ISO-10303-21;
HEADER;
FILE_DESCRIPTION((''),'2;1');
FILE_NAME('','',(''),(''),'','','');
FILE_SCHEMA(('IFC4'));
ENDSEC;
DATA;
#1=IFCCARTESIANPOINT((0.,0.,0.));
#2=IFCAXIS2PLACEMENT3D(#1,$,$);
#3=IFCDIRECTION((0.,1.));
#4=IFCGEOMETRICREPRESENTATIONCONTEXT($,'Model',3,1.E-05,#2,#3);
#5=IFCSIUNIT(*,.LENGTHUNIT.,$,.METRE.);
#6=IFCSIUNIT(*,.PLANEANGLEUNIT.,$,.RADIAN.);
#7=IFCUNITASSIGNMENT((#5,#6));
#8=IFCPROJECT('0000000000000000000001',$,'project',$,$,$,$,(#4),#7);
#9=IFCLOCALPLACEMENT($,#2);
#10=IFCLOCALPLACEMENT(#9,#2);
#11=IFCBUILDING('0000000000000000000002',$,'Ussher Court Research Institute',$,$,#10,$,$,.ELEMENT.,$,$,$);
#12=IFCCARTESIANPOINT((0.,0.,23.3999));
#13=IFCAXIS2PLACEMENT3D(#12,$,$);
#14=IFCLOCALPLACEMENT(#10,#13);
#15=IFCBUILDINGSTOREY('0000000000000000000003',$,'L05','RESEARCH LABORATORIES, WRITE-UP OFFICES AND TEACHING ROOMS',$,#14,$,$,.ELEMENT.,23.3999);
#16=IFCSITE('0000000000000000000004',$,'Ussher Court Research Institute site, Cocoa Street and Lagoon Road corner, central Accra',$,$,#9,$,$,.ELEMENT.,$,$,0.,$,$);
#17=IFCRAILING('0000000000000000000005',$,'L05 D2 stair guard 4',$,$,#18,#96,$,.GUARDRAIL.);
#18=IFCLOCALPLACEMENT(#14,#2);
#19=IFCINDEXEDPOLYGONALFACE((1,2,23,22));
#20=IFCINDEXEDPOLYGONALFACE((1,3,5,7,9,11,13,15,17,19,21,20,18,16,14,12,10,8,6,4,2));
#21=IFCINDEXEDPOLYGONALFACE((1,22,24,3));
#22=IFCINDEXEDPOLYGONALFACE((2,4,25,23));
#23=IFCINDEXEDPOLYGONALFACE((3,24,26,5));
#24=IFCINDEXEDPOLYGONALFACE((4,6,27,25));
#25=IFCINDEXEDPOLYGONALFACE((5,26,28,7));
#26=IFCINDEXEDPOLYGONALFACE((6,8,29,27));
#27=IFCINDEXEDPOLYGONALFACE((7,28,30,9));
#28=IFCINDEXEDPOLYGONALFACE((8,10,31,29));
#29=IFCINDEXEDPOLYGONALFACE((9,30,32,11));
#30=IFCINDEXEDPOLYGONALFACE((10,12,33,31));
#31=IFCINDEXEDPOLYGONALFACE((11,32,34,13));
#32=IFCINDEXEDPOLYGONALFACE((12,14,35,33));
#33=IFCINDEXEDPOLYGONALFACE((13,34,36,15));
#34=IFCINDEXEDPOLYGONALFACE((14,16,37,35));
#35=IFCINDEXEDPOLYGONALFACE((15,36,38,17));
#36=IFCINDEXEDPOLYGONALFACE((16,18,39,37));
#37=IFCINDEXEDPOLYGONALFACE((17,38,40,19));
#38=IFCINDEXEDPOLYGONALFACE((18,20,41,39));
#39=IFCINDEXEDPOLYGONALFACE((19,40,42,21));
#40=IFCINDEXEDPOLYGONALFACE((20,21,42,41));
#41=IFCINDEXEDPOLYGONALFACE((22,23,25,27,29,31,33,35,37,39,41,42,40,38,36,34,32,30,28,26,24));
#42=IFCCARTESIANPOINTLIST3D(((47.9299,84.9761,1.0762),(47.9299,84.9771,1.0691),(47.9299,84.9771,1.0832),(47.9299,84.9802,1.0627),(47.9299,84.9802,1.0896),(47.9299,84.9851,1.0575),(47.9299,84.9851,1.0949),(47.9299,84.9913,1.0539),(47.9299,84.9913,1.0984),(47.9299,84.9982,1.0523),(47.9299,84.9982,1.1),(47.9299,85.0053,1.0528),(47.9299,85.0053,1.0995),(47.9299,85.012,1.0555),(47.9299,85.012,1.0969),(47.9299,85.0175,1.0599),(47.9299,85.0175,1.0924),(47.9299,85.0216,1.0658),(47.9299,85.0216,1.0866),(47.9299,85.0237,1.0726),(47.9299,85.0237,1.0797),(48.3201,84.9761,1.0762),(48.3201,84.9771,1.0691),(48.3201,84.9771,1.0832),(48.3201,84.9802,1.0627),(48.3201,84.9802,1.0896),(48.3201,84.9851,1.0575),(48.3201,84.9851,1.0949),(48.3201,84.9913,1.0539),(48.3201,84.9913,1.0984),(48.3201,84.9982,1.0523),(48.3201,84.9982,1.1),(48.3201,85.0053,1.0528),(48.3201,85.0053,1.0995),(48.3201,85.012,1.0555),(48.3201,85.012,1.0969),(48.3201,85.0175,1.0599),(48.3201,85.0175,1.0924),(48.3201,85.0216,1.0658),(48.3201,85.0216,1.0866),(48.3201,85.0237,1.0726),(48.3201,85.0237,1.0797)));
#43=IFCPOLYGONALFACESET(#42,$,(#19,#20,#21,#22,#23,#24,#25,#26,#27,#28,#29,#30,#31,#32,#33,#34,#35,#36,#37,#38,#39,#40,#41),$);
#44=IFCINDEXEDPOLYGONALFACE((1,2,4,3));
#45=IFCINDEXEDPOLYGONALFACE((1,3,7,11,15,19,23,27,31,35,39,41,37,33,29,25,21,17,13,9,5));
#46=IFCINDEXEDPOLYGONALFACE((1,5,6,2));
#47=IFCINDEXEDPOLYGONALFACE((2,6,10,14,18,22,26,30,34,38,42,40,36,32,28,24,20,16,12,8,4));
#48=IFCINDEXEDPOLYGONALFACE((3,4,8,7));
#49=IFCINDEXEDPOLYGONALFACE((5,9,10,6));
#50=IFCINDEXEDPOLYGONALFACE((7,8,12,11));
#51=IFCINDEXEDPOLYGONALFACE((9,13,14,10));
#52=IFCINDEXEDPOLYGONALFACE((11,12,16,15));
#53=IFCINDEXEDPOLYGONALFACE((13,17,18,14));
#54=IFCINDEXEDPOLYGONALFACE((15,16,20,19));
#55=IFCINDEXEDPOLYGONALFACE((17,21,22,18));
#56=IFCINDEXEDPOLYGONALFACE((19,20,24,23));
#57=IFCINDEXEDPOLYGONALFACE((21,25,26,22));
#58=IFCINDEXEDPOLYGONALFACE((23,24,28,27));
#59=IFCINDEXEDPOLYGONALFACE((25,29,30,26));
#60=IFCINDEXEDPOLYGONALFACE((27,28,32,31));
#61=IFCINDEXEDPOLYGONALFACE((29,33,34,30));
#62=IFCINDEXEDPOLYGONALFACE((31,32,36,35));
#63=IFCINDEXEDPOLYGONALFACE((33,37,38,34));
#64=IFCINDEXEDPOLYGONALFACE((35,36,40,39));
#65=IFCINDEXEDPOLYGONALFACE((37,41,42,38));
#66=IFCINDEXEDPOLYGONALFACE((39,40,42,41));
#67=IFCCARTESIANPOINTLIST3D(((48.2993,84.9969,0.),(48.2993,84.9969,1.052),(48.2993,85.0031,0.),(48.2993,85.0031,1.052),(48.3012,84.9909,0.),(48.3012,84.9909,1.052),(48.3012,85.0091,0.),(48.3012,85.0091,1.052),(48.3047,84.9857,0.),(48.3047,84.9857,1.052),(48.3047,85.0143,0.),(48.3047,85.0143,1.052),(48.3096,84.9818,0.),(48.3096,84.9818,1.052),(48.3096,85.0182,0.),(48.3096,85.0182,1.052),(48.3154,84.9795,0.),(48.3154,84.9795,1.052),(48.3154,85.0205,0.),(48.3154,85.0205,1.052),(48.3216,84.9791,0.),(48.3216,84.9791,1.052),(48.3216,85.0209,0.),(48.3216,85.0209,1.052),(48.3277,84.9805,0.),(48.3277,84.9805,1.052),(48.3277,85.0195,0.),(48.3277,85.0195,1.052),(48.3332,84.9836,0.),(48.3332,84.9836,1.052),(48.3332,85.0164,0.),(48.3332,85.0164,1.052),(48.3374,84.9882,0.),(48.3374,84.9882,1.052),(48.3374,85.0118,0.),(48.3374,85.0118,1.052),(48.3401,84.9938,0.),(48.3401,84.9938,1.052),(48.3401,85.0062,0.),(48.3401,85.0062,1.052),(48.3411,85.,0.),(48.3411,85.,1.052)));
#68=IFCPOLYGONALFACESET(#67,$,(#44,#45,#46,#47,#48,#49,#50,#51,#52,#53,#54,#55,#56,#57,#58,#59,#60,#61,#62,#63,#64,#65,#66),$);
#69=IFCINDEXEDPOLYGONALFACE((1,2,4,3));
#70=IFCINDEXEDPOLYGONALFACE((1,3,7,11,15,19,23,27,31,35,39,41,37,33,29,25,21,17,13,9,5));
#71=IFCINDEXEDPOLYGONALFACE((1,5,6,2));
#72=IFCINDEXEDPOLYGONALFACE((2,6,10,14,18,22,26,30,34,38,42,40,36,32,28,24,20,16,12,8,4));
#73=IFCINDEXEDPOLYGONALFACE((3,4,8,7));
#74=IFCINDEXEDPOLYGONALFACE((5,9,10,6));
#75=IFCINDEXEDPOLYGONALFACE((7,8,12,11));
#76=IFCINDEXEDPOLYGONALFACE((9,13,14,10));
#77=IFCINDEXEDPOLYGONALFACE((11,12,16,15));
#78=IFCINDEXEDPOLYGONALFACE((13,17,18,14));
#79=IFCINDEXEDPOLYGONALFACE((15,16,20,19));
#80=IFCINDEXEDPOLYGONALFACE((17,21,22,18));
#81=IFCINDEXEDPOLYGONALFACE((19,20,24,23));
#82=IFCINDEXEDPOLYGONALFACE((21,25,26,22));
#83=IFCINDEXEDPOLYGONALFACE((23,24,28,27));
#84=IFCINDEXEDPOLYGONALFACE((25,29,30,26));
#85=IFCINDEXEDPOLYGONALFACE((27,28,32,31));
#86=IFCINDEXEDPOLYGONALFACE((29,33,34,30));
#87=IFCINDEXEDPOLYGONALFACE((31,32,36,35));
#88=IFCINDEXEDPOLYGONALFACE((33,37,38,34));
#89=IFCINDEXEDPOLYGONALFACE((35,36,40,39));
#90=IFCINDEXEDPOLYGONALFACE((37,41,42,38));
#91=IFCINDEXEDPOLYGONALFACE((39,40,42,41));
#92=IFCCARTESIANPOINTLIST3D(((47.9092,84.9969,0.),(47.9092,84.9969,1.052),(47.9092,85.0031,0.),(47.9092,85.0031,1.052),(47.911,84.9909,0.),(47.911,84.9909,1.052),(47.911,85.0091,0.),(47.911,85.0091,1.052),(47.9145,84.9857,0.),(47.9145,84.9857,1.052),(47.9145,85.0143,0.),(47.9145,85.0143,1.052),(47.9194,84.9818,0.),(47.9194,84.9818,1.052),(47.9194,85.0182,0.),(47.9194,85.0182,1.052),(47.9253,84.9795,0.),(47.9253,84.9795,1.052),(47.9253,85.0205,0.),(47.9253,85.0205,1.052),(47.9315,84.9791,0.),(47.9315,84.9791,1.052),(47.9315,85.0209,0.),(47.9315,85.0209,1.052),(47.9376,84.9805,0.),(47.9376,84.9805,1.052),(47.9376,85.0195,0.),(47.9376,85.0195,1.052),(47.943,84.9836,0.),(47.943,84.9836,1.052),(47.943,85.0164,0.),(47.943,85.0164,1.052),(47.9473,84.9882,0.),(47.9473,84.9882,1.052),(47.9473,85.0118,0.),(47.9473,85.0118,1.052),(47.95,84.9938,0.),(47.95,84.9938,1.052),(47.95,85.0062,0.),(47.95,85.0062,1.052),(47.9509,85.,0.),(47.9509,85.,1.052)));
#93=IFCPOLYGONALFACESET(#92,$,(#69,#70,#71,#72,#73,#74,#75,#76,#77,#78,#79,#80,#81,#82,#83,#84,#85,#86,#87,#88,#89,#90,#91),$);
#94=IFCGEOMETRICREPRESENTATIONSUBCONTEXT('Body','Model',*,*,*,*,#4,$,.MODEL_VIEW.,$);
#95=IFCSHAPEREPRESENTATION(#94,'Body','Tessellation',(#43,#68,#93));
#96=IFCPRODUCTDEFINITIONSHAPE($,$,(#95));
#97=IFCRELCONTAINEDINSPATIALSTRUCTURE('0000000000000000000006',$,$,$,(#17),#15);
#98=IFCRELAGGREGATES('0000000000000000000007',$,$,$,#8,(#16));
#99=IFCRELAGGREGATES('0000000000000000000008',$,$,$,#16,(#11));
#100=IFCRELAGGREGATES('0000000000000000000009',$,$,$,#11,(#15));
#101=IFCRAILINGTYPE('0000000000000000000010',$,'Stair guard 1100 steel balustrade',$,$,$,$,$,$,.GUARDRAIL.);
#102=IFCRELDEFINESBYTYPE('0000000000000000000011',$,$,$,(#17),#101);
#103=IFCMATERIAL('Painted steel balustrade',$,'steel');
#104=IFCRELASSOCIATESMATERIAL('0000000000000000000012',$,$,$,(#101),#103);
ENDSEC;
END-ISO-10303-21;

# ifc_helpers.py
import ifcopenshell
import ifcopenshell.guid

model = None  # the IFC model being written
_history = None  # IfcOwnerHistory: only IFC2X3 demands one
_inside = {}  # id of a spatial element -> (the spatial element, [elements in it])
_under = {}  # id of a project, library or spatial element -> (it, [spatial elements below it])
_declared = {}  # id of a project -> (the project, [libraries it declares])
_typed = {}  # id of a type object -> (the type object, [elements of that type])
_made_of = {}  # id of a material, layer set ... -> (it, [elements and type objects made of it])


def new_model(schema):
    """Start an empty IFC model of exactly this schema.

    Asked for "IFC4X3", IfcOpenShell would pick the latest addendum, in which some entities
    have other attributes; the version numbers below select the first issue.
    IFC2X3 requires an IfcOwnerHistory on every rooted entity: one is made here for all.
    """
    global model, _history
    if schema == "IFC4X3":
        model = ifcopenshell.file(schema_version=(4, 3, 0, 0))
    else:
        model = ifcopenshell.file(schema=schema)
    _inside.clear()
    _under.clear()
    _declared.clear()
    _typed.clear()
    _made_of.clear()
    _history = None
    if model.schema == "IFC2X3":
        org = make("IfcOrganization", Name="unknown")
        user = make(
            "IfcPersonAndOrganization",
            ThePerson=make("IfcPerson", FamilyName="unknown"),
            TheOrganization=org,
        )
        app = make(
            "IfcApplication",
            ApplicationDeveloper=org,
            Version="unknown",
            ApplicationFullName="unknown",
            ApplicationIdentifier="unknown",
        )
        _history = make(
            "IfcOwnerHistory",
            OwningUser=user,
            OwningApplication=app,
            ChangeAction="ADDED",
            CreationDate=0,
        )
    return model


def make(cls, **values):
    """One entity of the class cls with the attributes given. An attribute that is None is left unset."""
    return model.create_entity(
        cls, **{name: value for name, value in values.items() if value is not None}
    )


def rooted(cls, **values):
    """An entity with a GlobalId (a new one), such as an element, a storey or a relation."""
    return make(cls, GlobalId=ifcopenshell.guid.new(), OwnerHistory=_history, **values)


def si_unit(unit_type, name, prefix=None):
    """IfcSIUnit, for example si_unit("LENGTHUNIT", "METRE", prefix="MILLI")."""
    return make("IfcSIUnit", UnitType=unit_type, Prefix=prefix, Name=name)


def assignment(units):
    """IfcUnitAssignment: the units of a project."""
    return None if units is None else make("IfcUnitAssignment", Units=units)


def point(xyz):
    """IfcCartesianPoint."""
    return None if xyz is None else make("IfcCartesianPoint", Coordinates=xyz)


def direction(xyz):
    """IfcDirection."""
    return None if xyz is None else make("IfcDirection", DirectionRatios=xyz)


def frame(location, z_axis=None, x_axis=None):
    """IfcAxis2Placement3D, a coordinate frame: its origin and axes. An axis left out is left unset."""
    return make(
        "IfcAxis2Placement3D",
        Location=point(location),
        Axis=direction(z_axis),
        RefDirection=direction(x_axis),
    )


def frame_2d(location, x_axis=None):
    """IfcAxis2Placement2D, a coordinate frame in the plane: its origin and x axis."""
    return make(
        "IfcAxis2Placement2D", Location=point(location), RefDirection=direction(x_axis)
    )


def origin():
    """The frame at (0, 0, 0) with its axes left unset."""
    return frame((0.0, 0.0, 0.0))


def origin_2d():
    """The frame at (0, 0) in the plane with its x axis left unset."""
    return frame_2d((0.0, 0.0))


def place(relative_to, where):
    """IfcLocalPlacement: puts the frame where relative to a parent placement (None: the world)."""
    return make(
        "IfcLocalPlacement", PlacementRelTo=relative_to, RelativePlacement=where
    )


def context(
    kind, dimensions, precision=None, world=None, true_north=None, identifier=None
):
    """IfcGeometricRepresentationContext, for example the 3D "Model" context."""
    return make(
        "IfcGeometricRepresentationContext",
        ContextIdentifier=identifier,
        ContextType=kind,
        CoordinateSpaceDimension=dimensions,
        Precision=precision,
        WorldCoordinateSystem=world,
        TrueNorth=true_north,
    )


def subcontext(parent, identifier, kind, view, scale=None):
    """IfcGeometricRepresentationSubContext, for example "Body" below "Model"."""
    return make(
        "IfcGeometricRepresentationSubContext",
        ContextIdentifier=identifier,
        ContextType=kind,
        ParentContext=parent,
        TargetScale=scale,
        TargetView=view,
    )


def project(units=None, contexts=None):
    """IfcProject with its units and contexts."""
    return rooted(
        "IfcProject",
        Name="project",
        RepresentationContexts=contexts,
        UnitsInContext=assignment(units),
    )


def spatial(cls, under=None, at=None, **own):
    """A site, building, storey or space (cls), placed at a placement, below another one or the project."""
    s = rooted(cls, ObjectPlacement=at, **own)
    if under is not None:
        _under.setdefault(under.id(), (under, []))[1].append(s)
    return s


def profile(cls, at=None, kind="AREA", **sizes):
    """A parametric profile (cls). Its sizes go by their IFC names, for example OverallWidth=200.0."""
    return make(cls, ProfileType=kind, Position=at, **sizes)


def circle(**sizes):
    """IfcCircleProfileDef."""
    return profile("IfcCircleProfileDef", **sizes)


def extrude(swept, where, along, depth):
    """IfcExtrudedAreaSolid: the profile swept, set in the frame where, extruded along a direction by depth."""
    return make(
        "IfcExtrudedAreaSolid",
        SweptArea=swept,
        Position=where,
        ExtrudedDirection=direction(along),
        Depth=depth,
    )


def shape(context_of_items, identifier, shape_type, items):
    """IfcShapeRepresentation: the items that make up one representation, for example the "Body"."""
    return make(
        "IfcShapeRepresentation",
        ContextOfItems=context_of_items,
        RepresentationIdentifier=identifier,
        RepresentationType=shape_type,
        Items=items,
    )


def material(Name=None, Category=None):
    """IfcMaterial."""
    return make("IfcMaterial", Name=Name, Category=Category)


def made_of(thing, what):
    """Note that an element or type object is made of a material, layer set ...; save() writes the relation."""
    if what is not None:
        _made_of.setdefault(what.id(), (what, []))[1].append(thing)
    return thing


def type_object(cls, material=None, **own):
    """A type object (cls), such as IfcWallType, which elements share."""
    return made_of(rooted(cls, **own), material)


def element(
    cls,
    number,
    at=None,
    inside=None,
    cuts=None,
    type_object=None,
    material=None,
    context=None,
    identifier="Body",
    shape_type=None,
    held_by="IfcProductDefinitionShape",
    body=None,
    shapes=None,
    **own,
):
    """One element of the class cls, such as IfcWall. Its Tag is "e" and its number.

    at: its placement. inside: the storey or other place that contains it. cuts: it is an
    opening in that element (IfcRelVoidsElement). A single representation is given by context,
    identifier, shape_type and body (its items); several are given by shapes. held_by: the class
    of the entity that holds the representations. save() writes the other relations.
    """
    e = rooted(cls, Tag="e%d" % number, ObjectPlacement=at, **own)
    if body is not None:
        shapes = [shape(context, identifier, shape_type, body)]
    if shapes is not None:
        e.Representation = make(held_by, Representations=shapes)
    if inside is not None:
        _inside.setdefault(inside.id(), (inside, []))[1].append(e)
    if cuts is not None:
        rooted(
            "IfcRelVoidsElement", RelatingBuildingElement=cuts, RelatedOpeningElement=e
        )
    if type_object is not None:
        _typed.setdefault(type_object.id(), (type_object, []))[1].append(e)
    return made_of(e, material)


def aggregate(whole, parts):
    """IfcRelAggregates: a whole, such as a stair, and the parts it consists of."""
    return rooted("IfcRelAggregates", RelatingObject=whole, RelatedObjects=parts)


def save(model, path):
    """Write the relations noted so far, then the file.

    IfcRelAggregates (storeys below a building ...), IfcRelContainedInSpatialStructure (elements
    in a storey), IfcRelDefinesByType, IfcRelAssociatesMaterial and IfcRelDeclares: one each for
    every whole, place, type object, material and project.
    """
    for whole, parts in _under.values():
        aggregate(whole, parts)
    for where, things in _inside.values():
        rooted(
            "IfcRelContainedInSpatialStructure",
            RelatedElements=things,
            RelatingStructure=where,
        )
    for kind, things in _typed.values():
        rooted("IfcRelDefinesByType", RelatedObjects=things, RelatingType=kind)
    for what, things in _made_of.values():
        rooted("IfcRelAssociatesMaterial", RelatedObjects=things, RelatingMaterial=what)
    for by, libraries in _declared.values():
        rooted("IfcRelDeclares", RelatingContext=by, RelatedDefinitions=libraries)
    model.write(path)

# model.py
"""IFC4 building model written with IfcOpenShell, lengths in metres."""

from ifc_helpers import new_model, si_unit, direction, frame, origin, origin_2d, place, context, subcontext, project, spatial, circle, extrude, material, type_object, element, save


model = new_model("IFC4")

# Units and contexts
model_context = context("Model", 3, precision=1e-05, world=origin(), true_north=direction((0.0, 1.0)))
body_context = subcontext(model_context, "Body", "Model", "MODEL_VIEW")
ifc_project = project(units=[si_unit("LENGTHUNIT", "METRE"), si_unit("PLANEANGLEUNIT", "RADIAN")], contexts=[model_context])

# Site, building, storey
site_placement = place(None, origin())
site = spatial("IfcSite", under=ifc_project, at=site_placement, Name="Ussher Court Research Institute site, Cocoa Street and Lagoon Road corner, central Accra", CompositionType="ELEMENT", RefElevation=0.0)
building_placement = place(site_placement, origin())
building = spatial("IfcBuilding", under=site, at=building_placement, Name="Ussher Court Research Institute", CompositionType="ELEMENT")
storey_placement = place(building_placement, frame((0.0, 0.0, 23.3999)))
storey = spatial("IfcBuildingStorey", under=building, at=storey_placement, Name="L05", Description="RESEARCH LABORATORIES, WRITE-UP OFFICES AND TEACHING ROOMS", CompositionType="ELEMENT", Elevation=23.3999)

# Railing
ifc_material_1 = material(Name="Painted steel balustrade", Category="steel")
railing_type_1 = type_object("IfcRailingType", Name="Stair guard 1100 steel balustrade", PredefinedType="GUARDRAIL", material=ifc_material_1)
railing_1_placement = place(storey_placement, frame((48.3201, 85.0, 0.0)))
element("IfcRailing", 1, at=railing_1_placement, inside=storey, type_object=railing_type_1, Name="L05 D2 stair guard 4", PredefinedType="GUARDRAIL", context=body_context, shape_type="SweptSolid", body=[
    extrude(circle(Radius=0.0239, at=origin_2d()), frame((0.0, 0.0, 1.0762), z_axis=(-1.0, 0.0, 0.0), x_axis=(0.0, -1.0, 0.0)), (0.0, 0.0, 1.0), 0.3901),
    extrude(circle(Radius=0.021, at=origin_2d()), origin(), (0.0, 0.0, 1.0), 1.052),
    extrude(circle(Radius=0.021, at=origin_2d()), frame((-0.3901, 0.0, 0.0)), (0.0, 0.0, 1.0), 1.052),
])

save(model, "model.ifc")
